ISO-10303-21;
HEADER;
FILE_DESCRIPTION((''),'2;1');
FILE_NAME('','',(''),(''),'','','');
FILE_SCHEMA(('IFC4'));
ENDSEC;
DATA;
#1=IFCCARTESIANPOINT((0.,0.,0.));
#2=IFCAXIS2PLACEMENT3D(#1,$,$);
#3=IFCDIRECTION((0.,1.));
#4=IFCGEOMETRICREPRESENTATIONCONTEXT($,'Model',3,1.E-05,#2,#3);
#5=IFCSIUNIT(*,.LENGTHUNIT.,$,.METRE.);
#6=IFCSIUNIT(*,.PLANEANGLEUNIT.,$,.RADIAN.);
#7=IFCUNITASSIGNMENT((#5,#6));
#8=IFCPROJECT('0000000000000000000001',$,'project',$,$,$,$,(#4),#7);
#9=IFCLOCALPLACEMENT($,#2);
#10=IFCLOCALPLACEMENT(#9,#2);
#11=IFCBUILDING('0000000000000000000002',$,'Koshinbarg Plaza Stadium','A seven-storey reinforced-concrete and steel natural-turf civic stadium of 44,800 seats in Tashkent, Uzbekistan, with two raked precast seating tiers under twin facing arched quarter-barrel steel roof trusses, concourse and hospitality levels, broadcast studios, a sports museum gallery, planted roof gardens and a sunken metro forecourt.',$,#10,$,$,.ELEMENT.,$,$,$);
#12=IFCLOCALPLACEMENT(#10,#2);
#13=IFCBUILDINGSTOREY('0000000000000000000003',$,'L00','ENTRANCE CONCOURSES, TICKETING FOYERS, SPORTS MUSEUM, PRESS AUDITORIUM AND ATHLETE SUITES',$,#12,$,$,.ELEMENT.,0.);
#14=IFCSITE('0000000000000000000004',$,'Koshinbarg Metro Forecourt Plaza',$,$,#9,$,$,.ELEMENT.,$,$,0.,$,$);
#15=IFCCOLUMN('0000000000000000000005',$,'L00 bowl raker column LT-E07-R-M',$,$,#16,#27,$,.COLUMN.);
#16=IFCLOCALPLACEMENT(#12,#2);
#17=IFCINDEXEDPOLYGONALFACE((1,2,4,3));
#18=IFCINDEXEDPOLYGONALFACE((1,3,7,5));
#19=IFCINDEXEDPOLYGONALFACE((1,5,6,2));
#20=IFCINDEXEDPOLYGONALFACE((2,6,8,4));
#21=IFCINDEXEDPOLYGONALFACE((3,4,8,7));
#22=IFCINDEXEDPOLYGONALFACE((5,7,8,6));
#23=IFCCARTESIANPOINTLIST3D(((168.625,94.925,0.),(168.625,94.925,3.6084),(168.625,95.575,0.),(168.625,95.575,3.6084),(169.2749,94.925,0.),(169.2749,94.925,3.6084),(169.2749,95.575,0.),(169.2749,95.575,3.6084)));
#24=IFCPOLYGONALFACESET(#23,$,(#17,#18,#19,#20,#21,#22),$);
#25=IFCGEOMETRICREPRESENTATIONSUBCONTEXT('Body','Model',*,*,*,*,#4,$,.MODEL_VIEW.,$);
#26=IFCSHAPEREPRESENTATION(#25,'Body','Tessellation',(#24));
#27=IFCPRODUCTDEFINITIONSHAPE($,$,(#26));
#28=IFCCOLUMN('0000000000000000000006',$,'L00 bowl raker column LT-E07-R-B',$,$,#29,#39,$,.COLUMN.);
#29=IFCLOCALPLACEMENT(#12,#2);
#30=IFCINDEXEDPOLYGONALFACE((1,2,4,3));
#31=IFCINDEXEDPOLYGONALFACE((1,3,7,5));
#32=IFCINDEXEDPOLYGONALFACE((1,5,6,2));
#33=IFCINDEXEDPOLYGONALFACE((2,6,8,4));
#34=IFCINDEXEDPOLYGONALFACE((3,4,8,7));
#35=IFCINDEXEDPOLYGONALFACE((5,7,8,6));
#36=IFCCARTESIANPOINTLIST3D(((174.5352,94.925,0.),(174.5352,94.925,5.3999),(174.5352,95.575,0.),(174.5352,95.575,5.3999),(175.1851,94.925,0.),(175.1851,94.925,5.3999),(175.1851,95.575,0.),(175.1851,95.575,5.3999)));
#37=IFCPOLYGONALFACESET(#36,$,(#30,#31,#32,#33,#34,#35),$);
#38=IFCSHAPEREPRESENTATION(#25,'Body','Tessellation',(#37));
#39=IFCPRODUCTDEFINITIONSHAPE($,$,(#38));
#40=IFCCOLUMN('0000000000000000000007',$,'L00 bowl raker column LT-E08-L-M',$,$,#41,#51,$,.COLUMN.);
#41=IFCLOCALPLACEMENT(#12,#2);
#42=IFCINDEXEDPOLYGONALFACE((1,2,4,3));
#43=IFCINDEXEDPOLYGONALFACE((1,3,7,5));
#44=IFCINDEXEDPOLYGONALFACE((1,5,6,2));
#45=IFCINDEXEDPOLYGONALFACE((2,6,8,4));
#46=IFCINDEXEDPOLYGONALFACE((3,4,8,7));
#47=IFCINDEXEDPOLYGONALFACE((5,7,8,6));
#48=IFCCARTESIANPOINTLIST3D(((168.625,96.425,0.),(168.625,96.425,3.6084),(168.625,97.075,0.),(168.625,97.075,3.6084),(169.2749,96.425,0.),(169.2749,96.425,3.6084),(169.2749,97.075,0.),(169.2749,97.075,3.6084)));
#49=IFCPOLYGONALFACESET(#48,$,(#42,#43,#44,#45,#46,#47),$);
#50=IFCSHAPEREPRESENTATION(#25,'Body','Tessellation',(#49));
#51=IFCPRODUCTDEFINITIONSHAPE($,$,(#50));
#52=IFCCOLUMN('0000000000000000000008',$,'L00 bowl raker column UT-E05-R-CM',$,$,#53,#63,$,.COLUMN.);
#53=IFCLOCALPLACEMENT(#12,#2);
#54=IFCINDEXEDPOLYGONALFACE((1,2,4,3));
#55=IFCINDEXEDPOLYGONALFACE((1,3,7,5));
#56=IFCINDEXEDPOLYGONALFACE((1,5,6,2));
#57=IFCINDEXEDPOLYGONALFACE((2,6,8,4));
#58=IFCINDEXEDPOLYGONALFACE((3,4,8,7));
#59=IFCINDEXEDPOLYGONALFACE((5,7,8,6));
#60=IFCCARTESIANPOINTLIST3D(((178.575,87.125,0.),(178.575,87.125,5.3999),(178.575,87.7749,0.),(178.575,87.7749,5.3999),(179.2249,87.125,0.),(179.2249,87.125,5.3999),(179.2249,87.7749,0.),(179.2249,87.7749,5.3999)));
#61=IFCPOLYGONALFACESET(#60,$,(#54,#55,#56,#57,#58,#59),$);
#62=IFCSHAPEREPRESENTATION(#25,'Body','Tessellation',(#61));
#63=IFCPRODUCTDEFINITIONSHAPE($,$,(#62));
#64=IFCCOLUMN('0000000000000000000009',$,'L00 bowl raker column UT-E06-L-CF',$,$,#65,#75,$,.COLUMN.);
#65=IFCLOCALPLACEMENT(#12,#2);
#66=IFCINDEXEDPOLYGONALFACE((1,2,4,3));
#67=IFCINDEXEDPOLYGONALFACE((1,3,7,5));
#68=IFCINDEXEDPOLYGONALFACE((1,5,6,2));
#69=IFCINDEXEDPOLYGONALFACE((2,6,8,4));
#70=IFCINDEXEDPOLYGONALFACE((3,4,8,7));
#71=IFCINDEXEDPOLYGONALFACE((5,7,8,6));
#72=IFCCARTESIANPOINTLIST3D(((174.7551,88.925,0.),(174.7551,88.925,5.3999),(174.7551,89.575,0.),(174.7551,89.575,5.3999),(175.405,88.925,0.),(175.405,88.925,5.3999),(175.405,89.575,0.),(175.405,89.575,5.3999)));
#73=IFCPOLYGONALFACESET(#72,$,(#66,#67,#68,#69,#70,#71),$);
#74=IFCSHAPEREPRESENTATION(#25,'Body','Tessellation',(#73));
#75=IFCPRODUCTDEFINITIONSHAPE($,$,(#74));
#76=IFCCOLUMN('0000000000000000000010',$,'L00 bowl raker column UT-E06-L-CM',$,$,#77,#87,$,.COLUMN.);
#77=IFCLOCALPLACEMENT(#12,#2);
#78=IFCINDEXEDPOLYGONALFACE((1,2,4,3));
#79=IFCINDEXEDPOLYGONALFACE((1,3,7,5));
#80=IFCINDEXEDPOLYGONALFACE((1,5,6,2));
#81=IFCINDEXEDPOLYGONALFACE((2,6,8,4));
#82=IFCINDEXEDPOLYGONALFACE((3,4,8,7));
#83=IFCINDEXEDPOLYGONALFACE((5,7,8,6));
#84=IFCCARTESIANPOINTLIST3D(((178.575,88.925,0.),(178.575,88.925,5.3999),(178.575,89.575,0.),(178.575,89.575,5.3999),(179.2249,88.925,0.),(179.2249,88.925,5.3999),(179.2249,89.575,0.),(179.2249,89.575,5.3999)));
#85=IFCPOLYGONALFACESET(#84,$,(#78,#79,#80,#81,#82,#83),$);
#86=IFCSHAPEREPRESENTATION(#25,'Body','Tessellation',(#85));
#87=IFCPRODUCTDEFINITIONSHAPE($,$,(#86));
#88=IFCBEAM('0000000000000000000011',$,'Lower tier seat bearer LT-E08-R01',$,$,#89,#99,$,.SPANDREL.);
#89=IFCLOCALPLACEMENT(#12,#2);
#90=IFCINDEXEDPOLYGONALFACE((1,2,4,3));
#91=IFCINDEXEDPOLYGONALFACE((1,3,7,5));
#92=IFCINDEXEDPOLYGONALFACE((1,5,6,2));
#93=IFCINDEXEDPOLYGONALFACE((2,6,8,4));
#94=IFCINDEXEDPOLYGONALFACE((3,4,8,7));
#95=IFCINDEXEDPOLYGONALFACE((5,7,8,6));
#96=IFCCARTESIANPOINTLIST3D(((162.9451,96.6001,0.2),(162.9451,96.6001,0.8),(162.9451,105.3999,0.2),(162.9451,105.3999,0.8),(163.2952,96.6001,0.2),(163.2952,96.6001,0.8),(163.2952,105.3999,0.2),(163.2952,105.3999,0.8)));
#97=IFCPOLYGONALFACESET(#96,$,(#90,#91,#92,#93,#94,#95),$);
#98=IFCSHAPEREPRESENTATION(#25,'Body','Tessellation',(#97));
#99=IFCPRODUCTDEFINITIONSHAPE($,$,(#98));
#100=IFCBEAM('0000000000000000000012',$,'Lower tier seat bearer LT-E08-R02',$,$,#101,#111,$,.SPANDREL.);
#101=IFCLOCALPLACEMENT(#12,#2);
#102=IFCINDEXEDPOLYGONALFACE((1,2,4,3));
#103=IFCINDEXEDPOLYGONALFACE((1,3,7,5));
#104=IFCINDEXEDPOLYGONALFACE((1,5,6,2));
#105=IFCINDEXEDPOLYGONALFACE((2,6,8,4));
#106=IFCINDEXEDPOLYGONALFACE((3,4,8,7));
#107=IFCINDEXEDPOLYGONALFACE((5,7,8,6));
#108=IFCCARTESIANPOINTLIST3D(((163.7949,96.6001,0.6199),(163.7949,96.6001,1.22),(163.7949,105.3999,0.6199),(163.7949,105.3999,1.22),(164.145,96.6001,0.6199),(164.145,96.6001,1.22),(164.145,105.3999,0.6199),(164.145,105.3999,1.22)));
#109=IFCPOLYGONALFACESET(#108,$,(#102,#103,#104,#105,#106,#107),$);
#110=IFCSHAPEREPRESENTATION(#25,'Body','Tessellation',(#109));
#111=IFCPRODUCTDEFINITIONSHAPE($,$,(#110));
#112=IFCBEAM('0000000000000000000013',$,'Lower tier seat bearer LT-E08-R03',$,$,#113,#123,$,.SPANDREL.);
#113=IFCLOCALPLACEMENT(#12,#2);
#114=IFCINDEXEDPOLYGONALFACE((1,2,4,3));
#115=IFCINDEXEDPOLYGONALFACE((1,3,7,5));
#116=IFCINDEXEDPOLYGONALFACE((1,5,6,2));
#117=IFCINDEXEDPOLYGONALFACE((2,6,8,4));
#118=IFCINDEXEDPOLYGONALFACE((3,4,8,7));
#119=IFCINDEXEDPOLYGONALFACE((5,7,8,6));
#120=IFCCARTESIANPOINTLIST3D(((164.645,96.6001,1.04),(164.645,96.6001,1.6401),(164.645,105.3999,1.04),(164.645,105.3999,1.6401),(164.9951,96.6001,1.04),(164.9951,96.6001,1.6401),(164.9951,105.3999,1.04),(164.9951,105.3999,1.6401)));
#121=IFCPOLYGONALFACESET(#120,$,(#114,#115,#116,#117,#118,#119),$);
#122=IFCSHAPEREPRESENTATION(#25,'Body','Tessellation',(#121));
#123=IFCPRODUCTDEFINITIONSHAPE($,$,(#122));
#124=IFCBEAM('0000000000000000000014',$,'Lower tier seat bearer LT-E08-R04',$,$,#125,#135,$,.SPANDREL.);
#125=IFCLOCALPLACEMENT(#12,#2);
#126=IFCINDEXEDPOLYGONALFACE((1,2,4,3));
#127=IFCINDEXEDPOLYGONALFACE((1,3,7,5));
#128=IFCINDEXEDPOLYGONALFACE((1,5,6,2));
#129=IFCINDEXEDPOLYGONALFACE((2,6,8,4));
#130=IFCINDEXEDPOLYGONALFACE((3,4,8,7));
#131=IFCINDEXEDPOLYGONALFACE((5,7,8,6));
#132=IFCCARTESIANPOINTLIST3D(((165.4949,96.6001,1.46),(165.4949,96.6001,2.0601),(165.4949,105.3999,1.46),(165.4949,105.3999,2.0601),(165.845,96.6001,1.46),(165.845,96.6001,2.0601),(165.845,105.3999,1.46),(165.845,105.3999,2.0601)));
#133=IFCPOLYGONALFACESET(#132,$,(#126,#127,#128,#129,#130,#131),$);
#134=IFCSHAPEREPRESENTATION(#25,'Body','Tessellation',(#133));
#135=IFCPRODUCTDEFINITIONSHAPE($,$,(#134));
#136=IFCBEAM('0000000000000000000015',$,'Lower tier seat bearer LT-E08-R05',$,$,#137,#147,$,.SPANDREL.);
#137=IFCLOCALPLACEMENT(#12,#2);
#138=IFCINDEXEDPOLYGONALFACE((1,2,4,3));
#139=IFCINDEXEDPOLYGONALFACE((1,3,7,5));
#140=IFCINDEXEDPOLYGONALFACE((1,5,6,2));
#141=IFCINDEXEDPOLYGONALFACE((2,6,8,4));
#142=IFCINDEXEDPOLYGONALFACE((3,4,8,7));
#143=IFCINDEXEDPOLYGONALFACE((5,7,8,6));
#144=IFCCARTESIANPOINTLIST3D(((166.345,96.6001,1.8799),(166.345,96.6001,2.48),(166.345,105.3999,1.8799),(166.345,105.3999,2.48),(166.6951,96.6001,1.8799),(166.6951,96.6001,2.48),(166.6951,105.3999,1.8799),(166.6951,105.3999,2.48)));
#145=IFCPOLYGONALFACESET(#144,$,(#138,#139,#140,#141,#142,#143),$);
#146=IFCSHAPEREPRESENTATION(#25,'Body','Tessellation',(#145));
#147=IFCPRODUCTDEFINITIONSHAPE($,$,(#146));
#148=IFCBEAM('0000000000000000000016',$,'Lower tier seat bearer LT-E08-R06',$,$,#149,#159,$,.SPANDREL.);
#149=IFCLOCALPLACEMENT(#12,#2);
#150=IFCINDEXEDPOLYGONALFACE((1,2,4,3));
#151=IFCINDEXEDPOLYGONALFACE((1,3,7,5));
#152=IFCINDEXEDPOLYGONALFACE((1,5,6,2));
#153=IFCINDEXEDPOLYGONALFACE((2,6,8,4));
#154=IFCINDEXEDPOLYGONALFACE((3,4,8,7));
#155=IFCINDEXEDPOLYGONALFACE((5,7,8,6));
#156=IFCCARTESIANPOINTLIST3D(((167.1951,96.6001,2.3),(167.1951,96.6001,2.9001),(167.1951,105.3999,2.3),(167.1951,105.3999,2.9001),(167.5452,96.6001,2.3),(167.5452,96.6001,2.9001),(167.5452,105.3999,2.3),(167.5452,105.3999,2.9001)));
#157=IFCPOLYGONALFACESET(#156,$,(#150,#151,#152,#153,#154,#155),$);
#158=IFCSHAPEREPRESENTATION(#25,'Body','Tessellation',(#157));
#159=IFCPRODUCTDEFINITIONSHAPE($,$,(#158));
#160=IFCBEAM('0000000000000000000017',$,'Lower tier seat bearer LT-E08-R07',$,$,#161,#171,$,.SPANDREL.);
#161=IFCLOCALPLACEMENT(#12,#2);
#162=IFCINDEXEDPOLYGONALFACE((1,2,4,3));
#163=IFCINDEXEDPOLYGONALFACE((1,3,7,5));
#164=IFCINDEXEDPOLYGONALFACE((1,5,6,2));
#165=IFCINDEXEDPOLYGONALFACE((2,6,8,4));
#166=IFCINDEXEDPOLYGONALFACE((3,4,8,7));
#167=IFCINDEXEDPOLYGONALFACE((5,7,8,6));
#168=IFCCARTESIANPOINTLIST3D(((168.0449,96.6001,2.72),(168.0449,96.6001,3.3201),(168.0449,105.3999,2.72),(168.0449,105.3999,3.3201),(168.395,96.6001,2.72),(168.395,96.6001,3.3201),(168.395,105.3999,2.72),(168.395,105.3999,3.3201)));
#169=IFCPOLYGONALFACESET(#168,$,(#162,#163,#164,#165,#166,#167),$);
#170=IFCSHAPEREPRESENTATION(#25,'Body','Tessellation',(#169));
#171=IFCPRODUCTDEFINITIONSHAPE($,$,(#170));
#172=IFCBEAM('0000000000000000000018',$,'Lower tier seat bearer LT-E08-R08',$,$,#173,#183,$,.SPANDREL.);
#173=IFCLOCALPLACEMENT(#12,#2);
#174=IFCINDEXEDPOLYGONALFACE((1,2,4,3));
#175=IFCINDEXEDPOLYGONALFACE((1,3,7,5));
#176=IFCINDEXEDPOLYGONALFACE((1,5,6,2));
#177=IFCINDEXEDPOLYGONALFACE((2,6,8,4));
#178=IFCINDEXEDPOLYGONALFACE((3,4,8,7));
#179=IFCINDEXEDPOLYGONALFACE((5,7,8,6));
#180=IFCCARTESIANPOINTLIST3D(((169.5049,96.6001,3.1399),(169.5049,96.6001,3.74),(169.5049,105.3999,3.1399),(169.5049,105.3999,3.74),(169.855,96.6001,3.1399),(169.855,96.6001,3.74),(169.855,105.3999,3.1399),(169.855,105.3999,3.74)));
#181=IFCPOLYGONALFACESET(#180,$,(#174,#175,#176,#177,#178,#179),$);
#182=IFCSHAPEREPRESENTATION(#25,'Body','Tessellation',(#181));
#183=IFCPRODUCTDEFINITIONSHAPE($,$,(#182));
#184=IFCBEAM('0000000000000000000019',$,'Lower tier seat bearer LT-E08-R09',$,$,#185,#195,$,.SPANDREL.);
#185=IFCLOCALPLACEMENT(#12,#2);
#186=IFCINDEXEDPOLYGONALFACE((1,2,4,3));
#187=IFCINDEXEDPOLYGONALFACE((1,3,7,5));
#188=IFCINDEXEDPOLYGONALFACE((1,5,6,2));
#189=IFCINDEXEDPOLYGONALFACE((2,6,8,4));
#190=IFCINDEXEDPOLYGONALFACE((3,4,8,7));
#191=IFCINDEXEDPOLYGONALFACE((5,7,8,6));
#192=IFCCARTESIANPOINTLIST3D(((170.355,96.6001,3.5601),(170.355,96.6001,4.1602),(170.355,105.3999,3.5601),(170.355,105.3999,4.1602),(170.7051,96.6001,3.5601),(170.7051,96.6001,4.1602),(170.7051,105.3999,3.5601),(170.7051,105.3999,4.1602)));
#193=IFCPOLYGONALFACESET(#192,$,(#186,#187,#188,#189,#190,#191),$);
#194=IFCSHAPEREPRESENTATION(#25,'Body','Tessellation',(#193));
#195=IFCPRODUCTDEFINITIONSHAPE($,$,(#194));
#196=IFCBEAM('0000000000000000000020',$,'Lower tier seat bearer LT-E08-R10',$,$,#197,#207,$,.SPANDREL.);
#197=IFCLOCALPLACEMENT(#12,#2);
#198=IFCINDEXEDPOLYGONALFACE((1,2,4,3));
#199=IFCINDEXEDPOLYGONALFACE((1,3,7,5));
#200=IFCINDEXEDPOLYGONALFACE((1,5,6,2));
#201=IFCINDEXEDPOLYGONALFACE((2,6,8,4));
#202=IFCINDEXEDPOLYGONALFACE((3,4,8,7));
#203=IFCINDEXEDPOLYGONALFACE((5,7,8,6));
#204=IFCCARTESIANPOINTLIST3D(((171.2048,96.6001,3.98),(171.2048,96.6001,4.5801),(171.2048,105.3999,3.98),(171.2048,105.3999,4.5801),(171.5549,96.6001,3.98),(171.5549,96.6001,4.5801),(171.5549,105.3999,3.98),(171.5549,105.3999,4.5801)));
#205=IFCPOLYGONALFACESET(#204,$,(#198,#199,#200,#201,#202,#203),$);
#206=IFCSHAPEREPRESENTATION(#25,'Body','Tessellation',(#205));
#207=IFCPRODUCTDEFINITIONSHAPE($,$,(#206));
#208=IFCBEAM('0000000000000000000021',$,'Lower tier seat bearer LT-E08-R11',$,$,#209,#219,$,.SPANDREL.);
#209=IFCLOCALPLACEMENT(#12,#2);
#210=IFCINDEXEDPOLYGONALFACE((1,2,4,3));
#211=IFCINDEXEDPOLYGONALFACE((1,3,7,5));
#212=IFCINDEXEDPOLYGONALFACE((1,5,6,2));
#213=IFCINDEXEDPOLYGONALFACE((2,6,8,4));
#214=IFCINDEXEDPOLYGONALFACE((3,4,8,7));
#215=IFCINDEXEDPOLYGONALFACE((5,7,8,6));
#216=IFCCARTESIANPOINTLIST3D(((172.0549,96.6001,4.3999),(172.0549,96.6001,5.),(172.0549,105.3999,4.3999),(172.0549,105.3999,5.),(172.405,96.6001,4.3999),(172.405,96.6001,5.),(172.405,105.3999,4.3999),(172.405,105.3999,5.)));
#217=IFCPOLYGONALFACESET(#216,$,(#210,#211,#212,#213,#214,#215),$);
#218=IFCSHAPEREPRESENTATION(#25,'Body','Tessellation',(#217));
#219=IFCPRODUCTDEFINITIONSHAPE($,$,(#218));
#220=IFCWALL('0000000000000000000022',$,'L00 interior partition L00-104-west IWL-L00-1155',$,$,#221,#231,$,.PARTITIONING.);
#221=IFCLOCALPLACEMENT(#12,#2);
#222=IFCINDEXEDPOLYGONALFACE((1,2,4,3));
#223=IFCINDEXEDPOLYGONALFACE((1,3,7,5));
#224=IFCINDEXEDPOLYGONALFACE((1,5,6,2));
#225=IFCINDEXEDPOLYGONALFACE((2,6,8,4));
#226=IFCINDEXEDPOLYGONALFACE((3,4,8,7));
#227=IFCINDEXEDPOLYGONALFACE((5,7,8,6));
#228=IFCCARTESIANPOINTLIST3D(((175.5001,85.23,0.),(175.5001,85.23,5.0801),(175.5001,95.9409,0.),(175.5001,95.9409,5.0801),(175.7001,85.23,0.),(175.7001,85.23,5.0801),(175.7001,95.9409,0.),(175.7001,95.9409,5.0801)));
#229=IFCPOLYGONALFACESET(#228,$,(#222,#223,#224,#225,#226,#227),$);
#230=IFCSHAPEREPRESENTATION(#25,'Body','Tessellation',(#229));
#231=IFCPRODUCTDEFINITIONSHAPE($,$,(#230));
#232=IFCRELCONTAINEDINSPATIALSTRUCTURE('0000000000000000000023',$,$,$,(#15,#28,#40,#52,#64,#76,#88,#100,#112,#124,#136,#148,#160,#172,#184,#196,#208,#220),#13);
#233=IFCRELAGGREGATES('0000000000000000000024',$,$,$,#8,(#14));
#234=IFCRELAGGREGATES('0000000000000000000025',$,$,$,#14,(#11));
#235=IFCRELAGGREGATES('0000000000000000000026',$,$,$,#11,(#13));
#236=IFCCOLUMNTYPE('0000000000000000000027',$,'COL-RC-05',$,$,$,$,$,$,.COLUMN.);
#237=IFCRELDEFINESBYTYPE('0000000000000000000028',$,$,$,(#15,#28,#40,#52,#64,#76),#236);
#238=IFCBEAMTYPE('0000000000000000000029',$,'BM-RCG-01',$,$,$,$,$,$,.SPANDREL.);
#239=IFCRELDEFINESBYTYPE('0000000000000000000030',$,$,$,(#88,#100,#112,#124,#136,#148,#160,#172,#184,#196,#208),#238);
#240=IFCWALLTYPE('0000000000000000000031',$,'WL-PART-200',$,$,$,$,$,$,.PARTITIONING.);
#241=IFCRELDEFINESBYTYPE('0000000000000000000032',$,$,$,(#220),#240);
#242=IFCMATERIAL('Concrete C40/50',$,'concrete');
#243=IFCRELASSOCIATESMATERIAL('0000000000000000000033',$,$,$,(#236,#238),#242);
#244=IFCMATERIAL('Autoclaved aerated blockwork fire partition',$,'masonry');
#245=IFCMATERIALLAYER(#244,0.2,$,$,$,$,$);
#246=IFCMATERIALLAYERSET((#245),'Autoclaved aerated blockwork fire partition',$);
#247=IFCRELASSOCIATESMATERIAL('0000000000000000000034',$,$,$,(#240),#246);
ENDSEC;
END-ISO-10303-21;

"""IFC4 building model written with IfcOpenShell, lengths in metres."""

from ifc_helpers import new_model, si_unit, direction, frame, frame_2d, origin, origin_2d, place, context, subcontext, project, spatial, rectangle, extrude, material, layer, layer_set, material_profile, profile_set, type_object, element, save


model = new_model("IFC4")

# Units and contexts
model_context = context("Model", 3, precision=1e-05, world=origin(), true_north=direction((0.0, 1.0)))
body_context = subcontext(model_context, "Body", "Model", "MODEL_VIEW")
ifc_project = project(units=[si_unit("LENGTHUNIT", "METRE"), si_unit("PLANEANGLEUNIT", "RADIAN")], contexts=[model_context])

# Site, building, storey
site_placement = place(None, origin())
site = spatial("IfcSite", under=ifc_project, at=site_placement, Name="Koshinbarg Metro Forecourt Plaza", CompositionType="ELEMENT", RefElevation=0.0)
building_placement = place(site_placement, origin())
building = spatial("IfcBuilding", under=site, at=building_placement, Name="Koshinbarg Plaza Stadium", Description="A seven-storey reinforced-concrete and steel natural-turf civic stadium of 44,800 seats in Tashkent, Uzbekistan, with two raked precast seating tiers under twin facing arched quarter-barrel steel roof trusses, concourse and hospitality levels, broadcast studios, a sports museum gallery, planted roof gardens and a sunken metro forecourt.", CompositionType="ELEMENT")
storey_placement = place(building_placement, origin())
storey = spatial("IfcBuildingStorey", under=building, at=storey_placement, Name="L00", Description="ENTRANCE CONCOURSES, TICKETING FOYERS, SPORTS MUSEUM, PRESS AUDITORIUM AND ATHLETE SUITES", CompositionType="ELEMENT", Elevation=0.0)

# Columns
ifc_material_1 = material(Name="Concrete C40/50", Category="concrete")
ifc_material_profile_1 = material_profile(ifc_material_1, rectangle(XDim=0.6499, YDim=0.6499, at=origin_2d()), Name="RC 650x650")
ifc_profile_set_1 = profile_set([ifc_material_profile_1], Name="Concrete C40/50")
column_type = type_object("IfcColumnType", Name="COL-RC-05", PredefinedType="COLUMN", material=ifc_profile_set_1)
column_1_placement = place(storey_placement, frame((168.95, 95.25, 0.0), z_axis=(0.0, 0.0, 1.0), x_axis=(1.0, 0.0, 0.0)))
element("IfcColumn", 1, at=column_1_placement, inside=storey, type_object=column_type, Name="L00 bowl raker column LT-E07-R-M", PredefinedType="COLUMN", context=body_context, shape_type="SweptSolid", body=[
    extrude(rectangle(XDim=0.6499, YDim=0.6499, at=origin_2d()), origin(), (0.0, 0.0, 1.0), 3.6084),
])
column_2_placement = place(storey_placement, frame((174.8601, 95.25, 0.0), z_axis=(0.0, 0.0, 1.0), x_axis=(1.0, 0.0, 0.0)))
element("IfcColumn", 2, at=column_2_placement, inside=storey, type_object=column_type, Name="L00 bowl raker column LT-E07-R-B", PredefinedType="COLUMN", context=body_context, shape_type="SweptSolid", body=[
    extrude(rectangle(XDim=0.6499, YDim=0.6499, at=origin_2d()), origin(), (0.0, 0.0, 1.0), 5.3999),
])
column_3_placement = place(storey_placement, frame((168.95, 96.75, 0.0), z_axis=(0.0, 0.0, 1.0), x_axis=(1.0, 0.0, 0.0)))
element("IfcColumn", 3, at=column_3_placement, inside=storey, type_object=column_type, Name="L00 bowl raker column LT-E08-L-M", PredefinedType="COLUMN", context=body_context, shape_type="SweptSolid", body=[
    extrude(rectangle(XDim=0.6499, YDim=0.6499, at=origin_2d()), origin(), (0.0, 0.0, 1.0), 3.6084),
])
for number, where, z_axis, x_axis, name in (
    (4, (178.8999, 87.45, 0.0), (0.0, 0.0, 1.0), (1.0, 0.0, 0.0), "L00 bowl raker column UT-E05-R-CM"),
    (5, (175.0801, 89.25, 0.0), (0.0, 0.0, 1.0), (1.0, 0.0, 0.0), "L00 bowl raker column UT-E06-L-CF"),
    (6, (178.8999, 89.25, 0.0), (0.0, 0.0, 1.0), (1.0, 0.0, 0.0), "L00 bowl raker column UT-E06-L-CM"),
):
    element("IfcColumn", number, at=place(storey_placement, frame(where, z_axis=z_axis, x_axis=x_axis)), inside=storey, type_object=column_type, Name=name, PredefinedType="COLUMN", context=body_context, shape_type="SweptSolid", body=[
        extrude(rectangle(XDim=0.6499, YDim=0.6499, at=origin_2d()), origin(), (0.0, 0.0, 1.0), 5.3999),
    ])

# Beams
ifc_material_profile_2 = material_profile(ifc_material_1, rectangle(XDim=0.3501, YDim=0.6001, at=origin_2d()), Name="RC 350x600")
ifc_profile_set_2 = profile_set([ifc_material_profile_2], Name="Concrete C40/50")
beam_type = type_object("IfcBeamType", Name="BM-RCG-01", PredefinedType="SPANDREL", material=ifc_profile_set_2)
for number, where, z_axis, x_axis, name in (
    (7, (163.1201, 96.6001, 0.5), (0.0, 1.0, 0.0), (-1.0, 0.0, 0.0), "Lower tier seat bearer LT-E08-R01"),
    (8, (163.97, 96.6001, 0.9199), (0.0, 1.0, 0.0), (-1.0, 0.0, 0.0), "Lower tier seat bearer LT-E08-R02"),
    (9, (164.8201, 96.6001, 1.3401), (0.0, 1.0, 0.0), (-1.0, 0.0, 0.0), "Lower tier seat bearer LT-E08-R03"),
    (10, (165.6699, 96.6001, 1.76), (0.0, 1.0, 0.0), (-1.0, 0.0, 0.0), "Lower tier seat bearer LT-E08-R04"),
    (11, (166.52, 96.6001, 2.1799), (0.0, 1.0, 0.0), (-1.0, 0.0, 0.0), "Lower tier seat bearer LT-E08-R05"),
    (12, (167.3701, 96.6001, 2.6001), (0.0, 1.0, 0.0), (-1.0, 0.0, 0.0), "Lower tier seat bearer LT-E08-R06"),
    (13, (168.22, 96.6001, 3.02), (0.0, 1.0, 0.0), (-1.0, 0.0, 0.0), "Lower tier seat bearer LT-E08-R07"),
    (14, (169.6799, 96.6001, 3.4399), (0.0, 1.0, 0.0), (-1.0, 0.0, 0.0), "Lower tier seat bearer LT-E08-R08"),
    (15, (170.53, 96.6001, 3.8601), (0.0, 1.0, 0.0), (-1.0, 0.0, 0.0), "Lower tier seat bearer LT-E08-R09"),
    (16, (171.3799, 96.6001, 4.28), (0.0, 1.0, 0.0), (-1.0, 0.0, 0.0), "Lower tier seat bearer LT-E08-R10"),
    (17, (172.23, 96.6001, 4.7), (0.0, 1.0, 0.0), (-1.0, 0.0, 0.0), "Lower tier seat bearer LT-E08-R11"),
):
    element("IfcBeam", number, at=place(storey_placement, frame(where, z_axis=z_axis, x_axis=x_axis)), inside=storey, type_object=beam_type, Name=name, PredefinedType="SPANDREL", context=body_context, shape_type="SweptSolid", body=[
        extrude(rectangle(XDim=0.3501, YDim=0.6001, at=origin_2d()), origin(), (0.0, 0.0, 1.0), 8.7998),
    ])

# Wall
ifc_material_2 = material(Name="Autoclaved aerated blockwork fire partition", Category="masonry")
ifc_layer = layer(ifc_material_2, 0.2)
ifc_layer_set = layer_set([ifc_layer], Name="Autoclaved aerated blockwork fire partition")
wall_type = type_object("IfcWallType", Name="WL-PART-200", PredefinedType="PARTITIONING", material=ifc_layer_set)
wall_placement = place(storey_placement, frame((175.6001, 95.9409, 0.0), z_axis=(0.0, 0.0, 1.0), x_axis=(0.0, -1.0, 0.0)))
element("IfcWall", 18, at=wall_placement, inside=storey, type_object=wall_type, Name="L00 interior partition L00-104-west IWL-L00-1155", PredefinedType="PARTITIONING", context=body_context, shape_type="SweptSolid", body=[
    extrude(rectangle(XDim=10.7109, YDim=0.2, at=frame_2d((5.3555, 0.0))), origin(), (0.0, 0.0, 1.0), 5.0801),
])

save(model, "model.ifc")
